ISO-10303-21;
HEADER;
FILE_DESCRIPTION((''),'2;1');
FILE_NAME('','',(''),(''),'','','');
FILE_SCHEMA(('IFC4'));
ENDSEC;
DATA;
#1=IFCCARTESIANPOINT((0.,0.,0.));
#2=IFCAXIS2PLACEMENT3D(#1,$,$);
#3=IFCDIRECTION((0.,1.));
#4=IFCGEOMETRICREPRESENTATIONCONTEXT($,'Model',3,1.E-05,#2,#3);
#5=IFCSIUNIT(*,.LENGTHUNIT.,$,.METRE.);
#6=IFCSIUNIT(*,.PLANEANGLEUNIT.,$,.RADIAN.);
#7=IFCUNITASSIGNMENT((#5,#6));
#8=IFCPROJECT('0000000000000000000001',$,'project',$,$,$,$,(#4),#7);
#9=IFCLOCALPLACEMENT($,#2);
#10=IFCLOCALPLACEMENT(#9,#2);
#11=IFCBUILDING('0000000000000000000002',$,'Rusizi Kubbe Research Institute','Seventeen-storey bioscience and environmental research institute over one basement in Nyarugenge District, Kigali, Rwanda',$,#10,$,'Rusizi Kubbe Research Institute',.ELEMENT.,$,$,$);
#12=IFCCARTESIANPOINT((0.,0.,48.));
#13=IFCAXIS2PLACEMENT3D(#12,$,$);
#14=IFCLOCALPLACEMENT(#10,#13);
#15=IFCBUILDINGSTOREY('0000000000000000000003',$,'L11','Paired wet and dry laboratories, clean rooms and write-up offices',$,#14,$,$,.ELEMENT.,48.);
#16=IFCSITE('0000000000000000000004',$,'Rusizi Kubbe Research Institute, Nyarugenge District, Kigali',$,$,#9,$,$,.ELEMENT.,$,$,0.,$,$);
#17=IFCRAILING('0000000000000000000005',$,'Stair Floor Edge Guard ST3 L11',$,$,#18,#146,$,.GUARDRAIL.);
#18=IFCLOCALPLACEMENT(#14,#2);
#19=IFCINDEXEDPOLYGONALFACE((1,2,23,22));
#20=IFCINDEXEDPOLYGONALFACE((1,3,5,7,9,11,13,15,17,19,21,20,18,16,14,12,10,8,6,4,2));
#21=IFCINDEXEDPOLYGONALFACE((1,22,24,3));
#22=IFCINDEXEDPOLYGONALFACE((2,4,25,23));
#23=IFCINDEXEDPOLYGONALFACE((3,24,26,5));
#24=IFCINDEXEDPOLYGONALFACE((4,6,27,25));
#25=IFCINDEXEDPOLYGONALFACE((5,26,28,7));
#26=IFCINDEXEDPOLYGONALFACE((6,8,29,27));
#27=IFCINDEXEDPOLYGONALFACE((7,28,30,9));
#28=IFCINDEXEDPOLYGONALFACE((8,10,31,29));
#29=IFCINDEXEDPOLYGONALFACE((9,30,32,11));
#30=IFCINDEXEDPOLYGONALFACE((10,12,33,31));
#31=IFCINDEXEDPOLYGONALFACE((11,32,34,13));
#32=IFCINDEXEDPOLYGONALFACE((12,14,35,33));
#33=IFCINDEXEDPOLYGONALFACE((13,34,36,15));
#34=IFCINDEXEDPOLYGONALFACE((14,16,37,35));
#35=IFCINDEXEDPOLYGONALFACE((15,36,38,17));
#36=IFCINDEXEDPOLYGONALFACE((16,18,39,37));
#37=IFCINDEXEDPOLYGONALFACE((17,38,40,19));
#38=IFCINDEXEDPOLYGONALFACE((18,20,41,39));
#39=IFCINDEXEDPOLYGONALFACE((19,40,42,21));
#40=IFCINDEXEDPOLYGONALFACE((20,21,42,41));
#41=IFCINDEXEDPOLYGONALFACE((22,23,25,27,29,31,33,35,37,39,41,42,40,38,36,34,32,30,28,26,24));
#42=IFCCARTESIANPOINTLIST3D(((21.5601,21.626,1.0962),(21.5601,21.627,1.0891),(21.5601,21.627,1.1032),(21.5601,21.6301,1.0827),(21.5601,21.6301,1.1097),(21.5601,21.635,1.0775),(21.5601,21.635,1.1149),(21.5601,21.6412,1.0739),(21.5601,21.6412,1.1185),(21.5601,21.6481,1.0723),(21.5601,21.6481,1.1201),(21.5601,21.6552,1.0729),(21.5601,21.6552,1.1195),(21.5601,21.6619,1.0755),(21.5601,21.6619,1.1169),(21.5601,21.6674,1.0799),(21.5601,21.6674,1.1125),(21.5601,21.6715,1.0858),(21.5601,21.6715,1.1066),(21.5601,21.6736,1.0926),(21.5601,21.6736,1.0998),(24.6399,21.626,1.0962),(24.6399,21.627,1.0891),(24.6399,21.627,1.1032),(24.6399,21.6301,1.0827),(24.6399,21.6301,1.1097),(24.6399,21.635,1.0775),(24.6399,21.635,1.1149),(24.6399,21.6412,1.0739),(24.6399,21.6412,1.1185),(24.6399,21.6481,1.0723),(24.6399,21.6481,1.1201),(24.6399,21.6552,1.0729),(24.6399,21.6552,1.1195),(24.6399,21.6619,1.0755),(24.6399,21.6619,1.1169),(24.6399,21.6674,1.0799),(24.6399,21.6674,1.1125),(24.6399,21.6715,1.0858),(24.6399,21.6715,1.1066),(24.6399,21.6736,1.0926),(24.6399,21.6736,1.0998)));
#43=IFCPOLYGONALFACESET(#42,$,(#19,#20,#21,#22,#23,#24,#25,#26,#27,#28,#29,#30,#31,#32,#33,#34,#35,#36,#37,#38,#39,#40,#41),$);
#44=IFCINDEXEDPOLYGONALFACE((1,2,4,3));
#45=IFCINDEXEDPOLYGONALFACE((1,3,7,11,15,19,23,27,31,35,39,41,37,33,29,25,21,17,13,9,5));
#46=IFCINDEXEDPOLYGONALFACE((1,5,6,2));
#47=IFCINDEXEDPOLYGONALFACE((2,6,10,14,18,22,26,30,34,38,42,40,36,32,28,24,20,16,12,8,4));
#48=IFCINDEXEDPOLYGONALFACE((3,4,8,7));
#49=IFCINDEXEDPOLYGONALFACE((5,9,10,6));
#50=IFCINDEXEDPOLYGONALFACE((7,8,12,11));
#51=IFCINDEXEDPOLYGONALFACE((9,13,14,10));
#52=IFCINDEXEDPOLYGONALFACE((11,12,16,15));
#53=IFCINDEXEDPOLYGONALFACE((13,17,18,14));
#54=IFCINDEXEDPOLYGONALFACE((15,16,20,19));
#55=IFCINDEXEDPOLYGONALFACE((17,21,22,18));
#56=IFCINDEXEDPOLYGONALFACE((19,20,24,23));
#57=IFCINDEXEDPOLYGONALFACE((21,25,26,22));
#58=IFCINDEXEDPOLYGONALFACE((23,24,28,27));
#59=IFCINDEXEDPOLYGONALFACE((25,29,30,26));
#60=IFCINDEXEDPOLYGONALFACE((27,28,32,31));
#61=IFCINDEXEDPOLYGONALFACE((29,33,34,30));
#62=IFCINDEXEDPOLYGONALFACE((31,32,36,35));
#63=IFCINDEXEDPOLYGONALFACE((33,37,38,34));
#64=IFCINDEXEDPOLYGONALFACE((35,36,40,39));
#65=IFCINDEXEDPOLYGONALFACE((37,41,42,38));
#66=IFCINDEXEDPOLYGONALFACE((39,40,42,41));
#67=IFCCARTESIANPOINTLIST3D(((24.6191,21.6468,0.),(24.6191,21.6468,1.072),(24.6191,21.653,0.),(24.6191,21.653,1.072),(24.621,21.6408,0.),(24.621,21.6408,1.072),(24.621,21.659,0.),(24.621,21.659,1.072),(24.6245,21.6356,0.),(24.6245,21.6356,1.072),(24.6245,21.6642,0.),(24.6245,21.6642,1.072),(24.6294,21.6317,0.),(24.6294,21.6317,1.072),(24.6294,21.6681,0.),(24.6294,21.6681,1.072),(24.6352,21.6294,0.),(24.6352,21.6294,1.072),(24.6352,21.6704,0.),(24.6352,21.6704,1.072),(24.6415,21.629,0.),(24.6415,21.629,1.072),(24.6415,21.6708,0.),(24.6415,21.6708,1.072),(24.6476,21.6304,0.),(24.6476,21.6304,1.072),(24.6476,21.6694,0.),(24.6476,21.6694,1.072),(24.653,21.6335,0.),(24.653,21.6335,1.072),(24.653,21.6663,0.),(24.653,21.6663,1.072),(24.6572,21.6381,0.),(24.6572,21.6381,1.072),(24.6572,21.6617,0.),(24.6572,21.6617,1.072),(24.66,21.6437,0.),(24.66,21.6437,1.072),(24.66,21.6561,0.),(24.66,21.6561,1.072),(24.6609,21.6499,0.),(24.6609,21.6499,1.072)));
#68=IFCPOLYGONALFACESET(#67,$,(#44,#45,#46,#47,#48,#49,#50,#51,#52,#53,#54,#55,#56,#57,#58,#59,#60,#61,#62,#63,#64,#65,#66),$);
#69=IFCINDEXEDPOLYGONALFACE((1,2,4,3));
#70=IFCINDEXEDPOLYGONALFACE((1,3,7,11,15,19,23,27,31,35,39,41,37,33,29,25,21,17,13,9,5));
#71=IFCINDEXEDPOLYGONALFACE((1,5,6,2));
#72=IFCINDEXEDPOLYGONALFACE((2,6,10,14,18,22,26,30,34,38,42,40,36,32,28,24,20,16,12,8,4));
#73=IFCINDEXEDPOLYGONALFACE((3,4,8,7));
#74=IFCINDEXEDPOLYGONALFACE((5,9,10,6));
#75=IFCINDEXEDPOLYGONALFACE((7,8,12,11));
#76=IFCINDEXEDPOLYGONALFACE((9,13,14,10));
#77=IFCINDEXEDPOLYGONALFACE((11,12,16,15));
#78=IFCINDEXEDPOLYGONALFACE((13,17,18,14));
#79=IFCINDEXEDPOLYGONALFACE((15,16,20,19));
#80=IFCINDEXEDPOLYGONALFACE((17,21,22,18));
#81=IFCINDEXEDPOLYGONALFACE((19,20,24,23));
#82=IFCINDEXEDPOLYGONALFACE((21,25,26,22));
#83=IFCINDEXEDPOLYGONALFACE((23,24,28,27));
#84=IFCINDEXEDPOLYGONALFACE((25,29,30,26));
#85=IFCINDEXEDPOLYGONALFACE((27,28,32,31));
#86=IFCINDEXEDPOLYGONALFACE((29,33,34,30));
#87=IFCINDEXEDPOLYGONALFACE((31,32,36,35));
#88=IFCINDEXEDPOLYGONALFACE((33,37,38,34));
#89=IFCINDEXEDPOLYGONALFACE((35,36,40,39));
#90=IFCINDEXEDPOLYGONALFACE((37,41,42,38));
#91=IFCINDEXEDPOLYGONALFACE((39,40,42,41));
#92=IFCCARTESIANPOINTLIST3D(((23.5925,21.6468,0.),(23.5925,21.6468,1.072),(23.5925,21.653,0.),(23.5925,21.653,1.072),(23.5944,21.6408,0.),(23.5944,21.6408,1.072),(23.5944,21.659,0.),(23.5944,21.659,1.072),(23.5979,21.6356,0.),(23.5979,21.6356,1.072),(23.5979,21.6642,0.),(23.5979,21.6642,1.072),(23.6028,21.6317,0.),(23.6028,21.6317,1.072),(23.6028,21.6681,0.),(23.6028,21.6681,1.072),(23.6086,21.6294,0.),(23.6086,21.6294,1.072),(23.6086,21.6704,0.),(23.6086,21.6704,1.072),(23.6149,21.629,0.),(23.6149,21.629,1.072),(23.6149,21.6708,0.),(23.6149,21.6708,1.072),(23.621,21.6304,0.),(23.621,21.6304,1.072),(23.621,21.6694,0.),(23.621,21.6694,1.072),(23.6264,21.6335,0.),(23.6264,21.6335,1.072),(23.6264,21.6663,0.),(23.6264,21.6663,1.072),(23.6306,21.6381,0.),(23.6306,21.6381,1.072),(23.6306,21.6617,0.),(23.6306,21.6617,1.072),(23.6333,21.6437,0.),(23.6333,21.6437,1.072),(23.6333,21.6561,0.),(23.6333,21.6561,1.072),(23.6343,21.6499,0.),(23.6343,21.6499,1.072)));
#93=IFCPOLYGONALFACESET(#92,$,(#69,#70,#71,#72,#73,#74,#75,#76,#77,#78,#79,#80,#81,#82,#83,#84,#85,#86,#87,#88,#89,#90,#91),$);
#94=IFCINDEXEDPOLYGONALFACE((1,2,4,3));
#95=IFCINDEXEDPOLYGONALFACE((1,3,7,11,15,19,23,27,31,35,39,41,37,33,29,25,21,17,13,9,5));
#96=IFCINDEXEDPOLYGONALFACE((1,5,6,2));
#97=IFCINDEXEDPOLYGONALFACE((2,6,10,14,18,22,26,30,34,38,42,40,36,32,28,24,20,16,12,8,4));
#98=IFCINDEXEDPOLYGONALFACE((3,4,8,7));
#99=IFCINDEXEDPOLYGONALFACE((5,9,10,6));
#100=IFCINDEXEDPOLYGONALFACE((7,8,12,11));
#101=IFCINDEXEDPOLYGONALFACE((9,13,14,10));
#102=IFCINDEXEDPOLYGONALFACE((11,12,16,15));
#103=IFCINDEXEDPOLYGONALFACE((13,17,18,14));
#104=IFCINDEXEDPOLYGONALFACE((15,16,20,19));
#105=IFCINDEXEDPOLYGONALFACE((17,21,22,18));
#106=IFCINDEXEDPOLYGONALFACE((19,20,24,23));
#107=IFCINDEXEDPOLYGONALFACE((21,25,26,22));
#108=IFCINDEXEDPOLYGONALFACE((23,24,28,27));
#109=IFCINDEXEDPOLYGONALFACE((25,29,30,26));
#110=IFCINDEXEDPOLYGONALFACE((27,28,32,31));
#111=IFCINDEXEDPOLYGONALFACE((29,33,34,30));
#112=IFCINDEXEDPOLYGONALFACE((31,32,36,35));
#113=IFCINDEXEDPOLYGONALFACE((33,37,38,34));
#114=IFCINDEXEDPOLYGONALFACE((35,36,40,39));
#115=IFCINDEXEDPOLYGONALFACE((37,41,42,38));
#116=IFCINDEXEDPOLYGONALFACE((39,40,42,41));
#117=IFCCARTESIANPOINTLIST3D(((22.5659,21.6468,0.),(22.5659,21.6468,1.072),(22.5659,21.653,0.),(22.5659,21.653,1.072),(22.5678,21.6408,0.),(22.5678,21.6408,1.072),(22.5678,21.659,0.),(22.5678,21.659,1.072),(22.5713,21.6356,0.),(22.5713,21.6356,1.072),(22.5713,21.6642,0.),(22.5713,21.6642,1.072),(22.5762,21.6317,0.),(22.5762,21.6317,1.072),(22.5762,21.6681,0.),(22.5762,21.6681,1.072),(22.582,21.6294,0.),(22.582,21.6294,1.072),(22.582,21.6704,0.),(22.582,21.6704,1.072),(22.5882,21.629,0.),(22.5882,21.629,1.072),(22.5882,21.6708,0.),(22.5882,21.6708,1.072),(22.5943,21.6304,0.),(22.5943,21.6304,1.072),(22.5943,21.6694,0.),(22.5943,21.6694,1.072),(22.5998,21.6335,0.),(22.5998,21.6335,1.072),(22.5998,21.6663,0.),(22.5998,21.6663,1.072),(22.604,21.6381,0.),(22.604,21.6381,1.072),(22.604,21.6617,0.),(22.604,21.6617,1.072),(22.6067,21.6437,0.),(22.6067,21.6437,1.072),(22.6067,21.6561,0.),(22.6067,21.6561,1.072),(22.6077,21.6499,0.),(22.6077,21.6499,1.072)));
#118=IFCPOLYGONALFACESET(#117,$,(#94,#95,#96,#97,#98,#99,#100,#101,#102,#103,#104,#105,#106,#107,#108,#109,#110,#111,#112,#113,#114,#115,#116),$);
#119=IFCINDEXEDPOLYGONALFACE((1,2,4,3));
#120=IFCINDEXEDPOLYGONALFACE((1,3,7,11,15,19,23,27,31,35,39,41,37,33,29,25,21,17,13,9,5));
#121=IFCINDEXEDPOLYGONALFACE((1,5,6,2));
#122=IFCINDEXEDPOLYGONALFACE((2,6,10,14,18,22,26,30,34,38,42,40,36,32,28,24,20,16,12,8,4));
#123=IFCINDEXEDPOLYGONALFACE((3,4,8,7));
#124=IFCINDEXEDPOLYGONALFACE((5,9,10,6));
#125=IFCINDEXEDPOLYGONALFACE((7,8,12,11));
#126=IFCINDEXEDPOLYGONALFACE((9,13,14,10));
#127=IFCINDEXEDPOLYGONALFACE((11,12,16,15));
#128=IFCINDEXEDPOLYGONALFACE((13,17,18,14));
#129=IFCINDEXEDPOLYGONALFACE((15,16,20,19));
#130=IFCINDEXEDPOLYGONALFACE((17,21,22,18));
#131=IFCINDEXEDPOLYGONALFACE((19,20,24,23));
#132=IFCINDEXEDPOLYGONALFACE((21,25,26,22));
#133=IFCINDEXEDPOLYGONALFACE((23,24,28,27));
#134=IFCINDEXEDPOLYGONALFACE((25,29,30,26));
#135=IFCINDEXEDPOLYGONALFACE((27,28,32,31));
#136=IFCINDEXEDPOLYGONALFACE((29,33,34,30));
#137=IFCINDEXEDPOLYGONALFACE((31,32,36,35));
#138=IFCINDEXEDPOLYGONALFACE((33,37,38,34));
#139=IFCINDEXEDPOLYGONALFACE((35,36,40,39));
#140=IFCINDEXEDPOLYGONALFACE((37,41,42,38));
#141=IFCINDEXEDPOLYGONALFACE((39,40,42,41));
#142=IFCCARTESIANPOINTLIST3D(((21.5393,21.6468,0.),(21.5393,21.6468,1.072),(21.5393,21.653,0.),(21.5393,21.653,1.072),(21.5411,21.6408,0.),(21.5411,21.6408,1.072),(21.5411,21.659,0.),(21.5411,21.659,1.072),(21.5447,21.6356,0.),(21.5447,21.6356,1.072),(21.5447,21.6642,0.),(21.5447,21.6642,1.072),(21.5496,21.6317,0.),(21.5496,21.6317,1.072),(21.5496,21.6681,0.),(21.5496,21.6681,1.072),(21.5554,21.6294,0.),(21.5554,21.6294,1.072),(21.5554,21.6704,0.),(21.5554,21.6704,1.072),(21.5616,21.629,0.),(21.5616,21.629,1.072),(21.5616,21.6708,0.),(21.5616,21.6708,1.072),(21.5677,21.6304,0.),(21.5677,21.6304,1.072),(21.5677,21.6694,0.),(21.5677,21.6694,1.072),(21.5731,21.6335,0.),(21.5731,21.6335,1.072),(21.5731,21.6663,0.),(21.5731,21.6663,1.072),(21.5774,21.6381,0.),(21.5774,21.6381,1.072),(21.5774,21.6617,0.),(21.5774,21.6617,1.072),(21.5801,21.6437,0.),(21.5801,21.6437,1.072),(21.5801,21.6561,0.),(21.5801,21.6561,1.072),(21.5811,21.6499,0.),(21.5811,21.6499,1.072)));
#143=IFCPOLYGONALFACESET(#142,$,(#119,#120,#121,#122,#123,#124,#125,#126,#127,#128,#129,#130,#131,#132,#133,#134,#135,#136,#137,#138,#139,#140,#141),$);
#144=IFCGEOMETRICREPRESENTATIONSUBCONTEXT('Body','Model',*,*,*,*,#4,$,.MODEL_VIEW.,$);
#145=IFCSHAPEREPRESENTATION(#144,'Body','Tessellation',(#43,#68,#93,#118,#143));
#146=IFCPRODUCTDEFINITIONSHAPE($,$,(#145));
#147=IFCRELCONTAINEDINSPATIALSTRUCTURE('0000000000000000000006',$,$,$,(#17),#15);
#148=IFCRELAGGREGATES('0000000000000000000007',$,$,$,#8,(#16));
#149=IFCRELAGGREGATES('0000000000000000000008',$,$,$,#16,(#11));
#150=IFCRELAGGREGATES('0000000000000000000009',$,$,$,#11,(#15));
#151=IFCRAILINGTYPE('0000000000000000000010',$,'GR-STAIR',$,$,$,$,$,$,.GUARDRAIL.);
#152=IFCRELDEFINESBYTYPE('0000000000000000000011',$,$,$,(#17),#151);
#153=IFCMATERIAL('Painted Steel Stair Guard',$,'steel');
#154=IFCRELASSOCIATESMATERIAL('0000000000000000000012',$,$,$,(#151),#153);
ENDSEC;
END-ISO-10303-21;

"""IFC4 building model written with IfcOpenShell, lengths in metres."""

from ifc_helpers import new_model, si_unit, direction, frame, origin, origin_2d, place, context, subcontext, project, spatial, circle, extrude, material, type_object, element, save


model = new_model("IFC4")

# Units and contexts
model_context = context("Model", 3, precision=1e-05, world=origin(), true_north=direction((0.0, 1.0)))
body_context = subcontext(model_context, "Body", "Model", "MODEL_VIEW")
ifc_project = project(units=[si_unit("LENGTHUNIT", "METRE"), si_unit("PLANEANGLEUNIT", "RADIAN")], contexts=[model_context])

# Site, building, storey
site_placement = place(None, origin())
site = spatial("IfcSite", under=ifc_project, at=site_placement, Name="Rusizi Kubbe Research Institute, Nyarugenge District, Kigali", CompositionType="ELEMENT", RefElevation=0.0)
building_placement = place(site_placement, origin())
building = spatial("IfcBuilding", under=site, at=building_placement, Name="Rusizi Kubbe Research Institute", Description="Seventeen-storey bioscience and environmental research institute over one basement in Nyarugenge District, Kigali, Rwanda", LongName="Rusizi Kubbe Research Institute", CompositionType="ELEMENT")
storey_placement = place(building_placement, frame((0.0, 0.0, 48.0)))
storey = spatial("IfcBuildingStorey", under=building, at=storey_placement, Name="L11", Description="Paired wet and dry laboratories, clean rooms and write-up offices", CompositionType="ELEMENT", Elevation=48.0)

# Railing
ifc_material_1 = material(Name="Painted Steel Stair Guard", Category="steel")
railing_type_1 = type_object("IfcRailingType", Name="GR-STAIR", PredefinedType="GUARDRAIL", material=ifc_material_1)
railing_1_placement = place(storey_placement, frame((24.6399, 21.6499, 0.0)))
element("IfcRailing", 1, at=railing_1_placement, inside=storey, type_object=railing_type_1, Name="Stair Floor Edge Guard ST3 L11", PredefinedType="GUARDRAIL", context=body_context, shape_type="SweptSolid", body=[
    extrude(circle(Radius=0.0239, at=origin_2d()), frame((0.0, 0.0, 1.0962), z_axis=(-1.0, 0.0, 0.0), x_axis=(0.0, -1.0, 0.0)), (0.0, 0.0, 1.0), 3.0798),
    extrude(circle(Radius=0.021, at=origin_2d()), origin(), (0.0, 0.0, 1.0), 1.072),
    extrude(circle(Radius=0.021, at=origin_2d()), frame((-1.0266, 0.0, 0.0)), (0.0, 0.0, 1.0), 1.072),
    extrude(circle(Radius=0.021, at=origin_2d()), frame((-2.0532, 0.0, 0.0)), (0.0, 0.0, 1.0), 1.072),
    extrude(circle(Radius=0.021, at=origin_2d()), frame((-3.0798, 0.0, 0.0)), (0.0, 0.0, 1.0), 1.072),
])

save(model, "model.ifc")
